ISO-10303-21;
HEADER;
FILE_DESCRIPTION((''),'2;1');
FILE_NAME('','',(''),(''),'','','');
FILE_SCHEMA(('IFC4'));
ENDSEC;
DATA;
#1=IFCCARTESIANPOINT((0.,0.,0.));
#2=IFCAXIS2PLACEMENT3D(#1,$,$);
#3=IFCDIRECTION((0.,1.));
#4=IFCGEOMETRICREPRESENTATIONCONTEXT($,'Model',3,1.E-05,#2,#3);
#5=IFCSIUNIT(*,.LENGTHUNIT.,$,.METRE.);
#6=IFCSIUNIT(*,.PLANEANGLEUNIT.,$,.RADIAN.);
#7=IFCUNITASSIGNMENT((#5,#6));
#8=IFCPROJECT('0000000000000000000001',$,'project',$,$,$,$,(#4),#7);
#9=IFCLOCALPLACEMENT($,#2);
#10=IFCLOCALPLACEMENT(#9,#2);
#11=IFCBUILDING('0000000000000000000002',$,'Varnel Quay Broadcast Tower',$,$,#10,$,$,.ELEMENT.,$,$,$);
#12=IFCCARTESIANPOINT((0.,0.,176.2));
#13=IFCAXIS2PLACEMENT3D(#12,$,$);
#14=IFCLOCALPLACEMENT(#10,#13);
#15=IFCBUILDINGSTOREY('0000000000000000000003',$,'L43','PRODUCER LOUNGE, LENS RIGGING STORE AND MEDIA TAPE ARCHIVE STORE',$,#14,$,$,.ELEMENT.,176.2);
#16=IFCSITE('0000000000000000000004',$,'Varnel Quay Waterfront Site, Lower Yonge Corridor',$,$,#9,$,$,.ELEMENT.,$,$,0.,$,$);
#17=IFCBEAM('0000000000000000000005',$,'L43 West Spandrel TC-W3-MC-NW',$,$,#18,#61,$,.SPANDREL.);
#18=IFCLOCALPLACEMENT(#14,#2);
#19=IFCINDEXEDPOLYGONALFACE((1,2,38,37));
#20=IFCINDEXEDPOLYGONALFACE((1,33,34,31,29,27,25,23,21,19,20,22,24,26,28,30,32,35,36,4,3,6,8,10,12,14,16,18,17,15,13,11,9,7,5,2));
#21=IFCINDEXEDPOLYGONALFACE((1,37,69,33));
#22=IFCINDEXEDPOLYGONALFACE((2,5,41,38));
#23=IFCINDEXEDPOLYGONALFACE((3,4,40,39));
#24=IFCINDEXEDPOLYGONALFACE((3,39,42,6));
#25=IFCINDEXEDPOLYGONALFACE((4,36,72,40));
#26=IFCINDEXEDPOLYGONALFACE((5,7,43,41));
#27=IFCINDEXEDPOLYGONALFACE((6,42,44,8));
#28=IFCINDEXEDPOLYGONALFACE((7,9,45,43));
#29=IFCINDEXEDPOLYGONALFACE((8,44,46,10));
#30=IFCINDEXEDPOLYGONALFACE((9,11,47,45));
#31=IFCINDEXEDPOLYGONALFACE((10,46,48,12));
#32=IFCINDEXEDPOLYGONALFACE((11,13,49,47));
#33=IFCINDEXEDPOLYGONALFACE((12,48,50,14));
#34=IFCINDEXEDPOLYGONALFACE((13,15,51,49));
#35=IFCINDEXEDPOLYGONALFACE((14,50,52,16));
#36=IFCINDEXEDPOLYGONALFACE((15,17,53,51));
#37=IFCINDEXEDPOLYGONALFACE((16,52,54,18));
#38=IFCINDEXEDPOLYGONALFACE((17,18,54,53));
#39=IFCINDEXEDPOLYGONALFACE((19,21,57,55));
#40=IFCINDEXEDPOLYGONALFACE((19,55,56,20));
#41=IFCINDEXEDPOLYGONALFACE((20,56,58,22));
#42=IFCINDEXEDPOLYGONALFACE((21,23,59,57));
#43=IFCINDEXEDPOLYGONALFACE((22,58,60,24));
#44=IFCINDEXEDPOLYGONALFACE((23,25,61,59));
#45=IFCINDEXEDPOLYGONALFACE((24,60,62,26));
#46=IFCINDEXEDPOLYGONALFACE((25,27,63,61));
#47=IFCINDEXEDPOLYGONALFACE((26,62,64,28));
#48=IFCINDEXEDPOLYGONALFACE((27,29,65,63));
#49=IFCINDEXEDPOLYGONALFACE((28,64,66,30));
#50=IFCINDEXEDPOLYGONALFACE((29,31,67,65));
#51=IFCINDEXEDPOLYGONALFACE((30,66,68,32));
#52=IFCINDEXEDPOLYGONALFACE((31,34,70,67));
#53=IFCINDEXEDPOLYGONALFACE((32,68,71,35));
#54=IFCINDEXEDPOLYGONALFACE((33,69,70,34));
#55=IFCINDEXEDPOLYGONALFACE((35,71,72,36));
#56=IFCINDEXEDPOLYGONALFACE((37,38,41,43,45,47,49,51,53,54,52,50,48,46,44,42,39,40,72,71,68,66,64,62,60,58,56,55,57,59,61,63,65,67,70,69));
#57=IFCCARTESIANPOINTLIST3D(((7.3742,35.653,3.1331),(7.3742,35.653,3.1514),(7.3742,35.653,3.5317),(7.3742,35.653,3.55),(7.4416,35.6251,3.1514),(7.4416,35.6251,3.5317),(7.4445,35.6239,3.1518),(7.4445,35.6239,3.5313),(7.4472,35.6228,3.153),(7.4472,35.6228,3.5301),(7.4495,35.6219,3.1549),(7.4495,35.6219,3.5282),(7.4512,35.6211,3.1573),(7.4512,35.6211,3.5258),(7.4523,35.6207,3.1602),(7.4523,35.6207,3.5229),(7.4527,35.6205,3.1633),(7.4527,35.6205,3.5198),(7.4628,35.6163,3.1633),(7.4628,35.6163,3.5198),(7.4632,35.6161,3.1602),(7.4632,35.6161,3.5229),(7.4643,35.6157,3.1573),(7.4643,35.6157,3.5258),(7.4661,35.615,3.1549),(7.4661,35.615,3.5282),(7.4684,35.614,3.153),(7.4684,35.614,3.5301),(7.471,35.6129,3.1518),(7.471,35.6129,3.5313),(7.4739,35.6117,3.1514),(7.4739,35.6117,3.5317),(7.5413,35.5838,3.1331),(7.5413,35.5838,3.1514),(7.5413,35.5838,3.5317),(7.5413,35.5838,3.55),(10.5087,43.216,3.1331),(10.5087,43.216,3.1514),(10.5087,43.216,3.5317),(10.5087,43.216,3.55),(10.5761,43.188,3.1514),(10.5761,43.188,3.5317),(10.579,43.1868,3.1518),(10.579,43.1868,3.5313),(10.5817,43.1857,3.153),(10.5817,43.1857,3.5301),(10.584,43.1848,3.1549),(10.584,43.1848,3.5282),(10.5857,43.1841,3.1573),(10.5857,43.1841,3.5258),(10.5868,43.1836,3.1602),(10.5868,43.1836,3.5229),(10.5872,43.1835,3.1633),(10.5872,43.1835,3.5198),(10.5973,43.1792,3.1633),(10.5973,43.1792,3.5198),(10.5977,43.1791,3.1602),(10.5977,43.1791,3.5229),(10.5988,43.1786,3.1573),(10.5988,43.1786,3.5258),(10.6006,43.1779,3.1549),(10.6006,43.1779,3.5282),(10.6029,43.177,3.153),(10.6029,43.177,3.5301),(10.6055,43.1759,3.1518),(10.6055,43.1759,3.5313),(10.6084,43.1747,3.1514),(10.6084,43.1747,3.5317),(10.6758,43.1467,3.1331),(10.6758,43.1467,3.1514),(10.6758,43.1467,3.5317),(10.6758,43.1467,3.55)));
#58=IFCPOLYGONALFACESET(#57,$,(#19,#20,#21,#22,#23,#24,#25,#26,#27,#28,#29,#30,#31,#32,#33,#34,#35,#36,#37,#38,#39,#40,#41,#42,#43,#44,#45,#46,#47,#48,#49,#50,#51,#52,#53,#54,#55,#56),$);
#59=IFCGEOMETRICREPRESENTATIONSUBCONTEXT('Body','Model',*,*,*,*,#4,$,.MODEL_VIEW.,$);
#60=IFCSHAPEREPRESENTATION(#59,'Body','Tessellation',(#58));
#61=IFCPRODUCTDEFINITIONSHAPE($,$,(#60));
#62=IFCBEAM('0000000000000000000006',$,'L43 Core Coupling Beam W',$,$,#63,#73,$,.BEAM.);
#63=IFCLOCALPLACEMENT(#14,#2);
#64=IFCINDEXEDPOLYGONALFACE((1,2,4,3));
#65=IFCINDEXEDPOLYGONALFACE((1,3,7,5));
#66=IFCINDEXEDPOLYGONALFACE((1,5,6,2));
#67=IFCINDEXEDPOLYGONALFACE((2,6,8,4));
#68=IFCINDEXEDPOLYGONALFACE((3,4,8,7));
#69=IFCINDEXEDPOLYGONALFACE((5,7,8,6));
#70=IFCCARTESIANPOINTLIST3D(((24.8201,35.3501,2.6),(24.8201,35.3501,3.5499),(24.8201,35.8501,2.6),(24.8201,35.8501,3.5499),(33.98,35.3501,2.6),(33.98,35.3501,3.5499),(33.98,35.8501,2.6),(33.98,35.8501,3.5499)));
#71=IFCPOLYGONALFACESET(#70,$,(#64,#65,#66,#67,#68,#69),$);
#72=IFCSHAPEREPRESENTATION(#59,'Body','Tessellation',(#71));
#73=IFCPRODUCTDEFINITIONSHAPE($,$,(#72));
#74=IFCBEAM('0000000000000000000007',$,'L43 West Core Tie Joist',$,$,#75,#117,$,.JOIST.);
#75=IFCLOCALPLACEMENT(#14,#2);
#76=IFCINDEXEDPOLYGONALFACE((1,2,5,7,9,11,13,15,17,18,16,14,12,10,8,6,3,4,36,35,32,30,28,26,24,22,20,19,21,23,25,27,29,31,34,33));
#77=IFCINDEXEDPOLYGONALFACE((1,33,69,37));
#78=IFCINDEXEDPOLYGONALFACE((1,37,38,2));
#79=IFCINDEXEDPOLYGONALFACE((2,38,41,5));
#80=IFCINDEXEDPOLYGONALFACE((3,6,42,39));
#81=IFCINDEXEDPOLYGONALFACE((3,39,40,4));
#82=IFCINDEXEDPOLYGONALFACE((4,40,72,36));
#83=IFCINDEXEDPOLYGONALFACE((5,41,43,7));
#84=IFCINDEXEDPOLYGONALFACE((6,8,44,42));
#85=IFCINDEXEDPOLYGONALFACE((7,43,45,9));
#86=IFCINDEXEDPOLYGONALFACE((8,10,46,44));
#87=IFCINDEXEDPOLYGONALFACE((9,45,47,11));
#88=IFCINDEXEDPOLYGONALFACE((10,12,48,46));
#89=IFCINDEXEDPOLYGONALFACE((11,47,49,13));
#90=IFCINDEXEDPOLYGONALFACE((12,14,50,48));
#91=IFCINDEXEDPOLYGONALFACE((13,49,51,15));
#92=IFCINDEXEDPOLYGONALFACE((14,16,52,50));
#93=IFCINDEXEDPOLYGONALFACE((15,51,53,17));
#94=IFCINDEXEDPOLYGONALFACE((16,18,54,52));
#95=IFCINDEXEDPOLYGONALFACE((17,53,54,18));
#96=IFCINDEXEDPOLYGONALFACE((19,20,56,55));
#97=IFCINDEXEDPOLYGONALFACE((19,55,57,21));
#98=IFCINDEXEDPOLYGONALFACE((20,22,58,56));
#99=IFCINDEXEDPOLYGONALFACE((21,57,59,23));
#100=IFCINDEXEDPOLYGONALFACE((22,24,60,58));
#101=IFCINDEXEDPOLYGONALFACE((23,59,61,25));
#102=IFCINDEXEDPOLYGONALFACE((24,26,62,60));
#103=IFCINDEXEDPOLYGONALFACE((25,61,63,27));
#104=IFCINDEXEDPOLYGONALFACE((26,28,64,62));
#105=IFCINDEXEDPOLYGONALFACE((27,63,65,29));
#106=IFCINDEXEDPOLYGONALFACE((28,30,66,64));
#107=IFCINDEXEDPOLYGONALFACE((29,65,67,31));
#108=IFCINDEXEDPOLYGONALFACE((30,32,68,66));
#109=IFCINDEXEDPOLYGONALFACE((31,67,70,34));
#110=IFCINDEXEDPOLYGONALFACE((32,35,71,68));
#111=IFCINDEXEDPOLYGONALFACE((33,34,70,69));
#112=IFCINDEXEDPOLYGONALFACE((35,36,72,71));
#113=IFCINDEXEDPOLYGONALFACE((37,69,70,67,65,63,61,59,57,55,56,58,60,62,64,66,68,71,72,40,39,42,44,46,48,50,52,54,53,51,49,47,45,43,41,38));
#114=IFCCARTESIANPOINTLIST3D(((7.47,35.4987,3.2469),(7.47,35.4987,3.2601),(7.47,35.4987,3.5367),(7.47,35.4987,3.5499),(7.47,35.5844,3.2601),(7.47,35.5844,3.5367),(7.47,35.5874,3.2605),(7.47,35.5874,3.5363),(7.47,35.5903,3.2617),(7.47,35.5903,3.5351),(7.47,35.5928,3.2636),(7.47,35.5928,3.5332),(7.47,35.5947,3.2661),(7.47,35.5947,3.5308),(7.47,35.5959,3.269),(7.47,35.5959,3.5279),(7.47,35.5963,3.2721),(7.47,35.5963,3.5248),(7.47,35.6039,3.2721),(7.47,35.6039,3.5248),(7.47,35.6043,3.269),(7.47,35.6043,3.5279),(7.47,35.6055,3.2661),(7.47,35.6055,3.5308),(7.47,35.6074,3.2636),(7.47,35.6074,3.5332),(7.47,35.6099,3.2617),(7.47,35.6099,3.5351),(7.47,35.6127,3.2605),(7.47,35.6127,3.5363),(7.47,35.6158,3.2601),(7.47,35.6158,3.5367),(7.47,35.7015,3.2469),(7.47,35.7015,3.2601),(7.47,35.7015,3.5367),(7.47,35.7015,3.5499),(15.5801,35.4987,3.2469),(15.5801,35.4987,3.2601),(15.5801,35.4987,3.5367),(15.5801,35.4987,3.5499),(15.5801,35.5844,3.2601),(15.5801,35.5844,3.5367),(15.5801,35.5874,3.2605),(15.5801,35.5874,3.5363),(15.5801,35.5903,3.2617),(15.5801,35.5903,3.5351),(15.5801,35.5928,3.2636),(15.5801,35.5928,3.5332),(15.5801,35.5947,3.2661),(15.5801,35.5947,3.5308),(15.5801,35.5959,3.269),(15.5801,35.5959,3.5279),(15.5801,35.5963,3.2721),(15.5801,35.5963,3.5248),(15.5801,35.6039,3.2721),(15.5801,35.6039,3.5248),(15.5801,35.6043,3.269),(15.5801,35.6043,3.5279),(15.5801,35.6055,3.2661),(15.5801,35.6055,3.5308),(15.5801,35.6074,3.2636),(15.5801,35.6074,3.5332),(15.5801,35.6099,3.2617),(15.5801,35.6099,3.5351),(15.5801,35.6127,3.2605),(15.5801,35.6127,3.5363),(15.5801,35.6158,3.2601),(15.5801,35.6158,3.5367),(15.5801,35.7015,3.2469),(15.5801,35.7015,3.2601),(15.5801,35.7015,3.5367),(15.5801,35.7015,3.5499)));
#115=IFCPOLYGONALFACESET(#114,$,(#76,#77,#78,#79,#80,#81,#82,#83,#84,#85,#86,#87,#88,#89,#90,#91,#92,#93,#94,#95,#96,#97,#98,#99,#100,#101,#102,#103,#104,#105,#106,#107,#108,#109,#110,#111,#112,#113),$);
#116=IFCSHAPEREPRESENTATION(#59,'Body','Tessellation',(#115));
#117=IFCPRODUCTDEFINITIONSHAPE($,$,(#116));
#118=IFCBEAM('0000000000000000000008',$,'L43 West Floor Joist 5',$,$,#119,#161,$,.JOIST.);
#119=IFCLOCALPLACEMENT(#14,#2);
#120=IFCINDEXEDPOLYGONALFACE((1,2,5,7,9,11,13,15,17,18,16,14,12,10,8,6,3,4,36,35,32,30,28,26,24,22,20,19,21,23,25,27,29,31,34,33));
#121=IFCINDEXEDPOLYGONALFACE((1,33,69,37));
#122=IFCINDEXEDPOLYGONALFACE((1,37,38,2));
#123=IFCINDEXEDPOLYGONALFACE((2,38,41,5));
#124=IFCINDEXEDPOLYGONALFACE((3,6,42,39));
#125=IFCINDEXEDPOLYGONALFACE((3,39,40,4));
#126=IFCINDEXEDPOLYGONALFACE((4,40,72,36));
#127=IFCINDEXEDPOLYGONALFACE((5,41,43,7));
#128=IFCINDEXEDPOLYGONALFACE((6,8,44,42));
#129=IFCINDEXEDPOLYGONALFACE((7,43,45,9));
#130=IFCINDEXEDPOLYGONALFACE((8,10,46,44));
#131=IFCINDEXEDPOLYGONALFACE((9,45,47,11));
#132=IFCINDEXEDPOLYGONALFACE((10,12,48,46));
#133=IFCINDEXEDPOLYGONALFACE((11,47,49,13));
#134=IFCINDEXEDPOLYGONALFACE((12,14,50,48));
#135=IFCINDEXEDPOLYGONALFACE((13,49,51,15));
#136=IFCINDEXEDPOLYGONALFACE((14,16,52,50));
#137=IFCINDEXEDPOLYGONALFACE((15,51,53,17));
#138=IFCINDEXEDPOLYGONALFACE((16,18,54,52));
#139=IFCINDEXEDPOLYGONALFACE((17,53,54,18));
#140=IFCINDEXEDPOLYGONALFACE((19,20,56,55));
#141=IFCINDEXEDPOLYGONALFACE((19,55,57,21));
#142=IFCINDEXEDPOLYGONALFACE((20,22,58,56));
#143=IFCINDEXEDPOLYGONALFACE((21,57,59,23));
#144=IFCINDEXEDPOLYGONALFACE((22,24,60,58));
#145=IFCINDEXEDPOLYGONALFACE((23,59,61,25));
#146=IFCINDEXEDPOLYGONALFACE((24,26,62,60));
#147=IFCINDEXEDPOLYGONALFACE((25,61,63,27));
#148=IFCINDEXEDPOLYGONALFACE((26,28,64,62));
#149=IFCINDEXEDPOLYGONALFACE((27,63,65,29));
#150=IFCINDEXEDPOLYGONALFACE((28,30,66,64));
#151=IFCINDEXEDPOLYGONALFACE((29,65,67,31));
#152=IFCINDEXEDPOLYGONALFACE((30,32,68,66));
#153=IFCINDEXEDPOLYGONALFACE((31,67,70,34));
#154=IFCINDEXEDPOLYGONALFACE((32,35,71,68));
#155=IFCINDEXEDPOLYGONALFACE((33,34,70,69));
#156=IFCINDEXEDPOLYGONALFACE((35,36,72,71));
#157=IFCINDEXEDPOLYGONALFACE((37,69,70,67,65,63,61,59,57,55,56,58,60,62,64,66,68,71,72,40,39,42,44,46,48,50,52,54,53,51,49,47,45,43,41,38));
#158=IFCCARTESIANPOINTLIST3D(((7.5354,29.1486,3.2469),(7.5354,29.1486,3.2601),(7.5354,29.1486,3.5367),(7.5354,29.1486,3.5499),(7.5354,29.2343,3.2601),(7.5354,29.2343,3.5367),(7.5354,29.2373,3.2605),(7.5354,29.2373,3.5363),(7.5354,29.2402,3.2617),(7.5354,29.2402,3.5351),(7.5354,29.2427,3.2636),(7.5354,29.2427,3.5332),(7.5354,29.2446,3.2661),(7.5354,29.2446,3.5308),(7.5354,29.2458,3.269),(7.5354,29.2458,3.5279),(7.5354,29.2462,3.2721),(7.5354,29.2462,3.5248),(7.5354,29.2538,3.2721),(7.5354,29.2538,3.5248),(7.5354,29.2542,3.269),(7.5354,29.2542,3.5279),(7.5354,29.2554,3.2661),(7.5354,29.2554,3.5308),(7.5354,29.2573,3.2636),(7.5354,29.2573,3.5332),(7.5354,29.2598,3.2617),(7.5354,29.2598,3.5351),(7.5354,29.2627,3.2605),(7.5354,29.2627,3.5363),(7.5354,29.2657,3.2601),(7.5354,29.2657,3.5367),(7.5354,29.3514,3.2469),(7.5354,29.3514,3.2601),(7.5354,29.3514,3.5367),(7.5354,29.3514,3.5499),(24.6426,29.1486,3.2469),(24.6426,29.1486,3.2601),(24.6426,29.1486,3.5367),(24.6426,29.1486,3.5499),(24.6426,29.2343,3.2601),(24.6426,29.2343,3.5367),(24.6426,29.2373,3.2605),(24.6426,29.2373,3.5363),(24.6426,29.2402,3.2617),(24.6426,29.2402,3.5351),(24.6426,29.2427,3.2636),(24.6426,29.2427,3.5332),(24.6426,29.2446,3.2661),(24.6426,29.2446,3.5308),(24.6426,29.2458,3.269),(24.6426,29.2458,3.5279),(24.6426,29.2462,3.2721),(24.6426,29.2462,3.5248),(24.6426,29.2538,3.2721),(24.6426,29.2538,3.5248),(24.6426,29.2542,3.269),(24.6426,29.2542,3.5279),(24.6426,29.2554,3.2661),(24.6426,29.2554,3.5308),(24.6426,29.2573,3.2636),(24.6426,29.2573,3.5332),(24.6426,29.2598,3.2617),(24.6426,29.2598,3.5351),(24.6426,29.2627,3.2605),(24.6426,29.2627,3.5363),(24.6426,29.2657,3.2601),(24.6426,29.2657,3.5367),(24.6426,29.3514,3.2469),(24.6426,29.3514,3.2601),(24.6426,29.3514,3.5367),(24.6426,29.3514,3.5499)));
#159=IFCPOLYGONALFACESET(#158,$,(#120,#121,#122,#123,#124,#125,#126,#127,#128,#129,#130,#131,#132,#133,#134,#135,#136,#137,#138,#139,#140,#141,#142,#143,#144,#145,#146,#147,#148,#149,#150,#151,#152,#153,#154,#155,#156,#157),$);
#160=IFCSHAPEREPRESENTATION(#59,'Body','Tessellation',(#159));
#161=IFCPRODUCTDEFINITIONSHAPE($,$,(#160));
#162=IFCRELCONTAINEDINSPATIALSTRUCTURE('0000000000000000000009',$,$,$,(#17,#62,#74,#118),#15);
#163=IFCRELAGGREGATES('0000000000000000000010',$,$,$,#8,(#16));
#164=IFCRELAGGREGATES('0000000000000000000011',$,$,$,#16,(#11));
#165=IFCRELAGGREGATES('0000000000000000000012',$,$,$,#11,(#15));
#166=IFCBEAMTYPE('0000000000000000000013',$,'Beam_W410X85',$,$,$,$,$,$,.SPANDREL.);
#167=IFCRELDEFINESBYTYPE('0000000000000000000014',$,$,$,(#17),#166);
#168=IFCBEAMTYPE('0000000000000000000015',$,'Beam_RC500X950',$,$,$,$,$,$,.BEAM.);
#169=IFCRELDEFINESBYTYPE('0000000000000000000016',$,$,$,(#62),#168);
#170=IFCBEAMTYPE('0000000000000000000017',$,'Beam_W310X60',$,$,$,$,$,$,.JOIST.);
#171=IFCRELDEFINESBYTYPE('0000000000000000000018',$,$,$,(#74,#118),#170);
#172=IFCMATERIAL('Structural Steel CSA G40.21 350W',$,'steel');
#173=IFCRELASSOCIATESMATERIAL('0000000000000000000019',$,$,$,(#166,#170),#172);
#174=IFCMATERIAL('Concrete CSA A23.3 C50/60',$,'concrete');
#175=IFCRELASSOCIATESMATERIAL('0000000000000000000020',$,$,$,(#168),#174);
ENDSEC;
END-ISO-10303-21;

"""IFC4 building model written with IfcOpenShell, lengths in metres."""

from ifc_helpers import new_model, si_unit, direction, frame, origin, origin_2d, place, context, subcontext, project, spatial, rectangle, i_section, extrude, source, transform, mapped, material, material_profile, profile_set, type_object, type_shapes, element, save


model = new_model("IFC4")

# Units and contexts
model_context = context("Model", 3, precision=1e-05, world=origin(), true_north=direction((0.0, 1.0)))
body_context = subcontext(model_context, "Body", "Model", "MODEL_VIEW")
ifc_project = project(units=[si_unit("LENGTHUNIT", "METRE"), si_unit("PLANEANGLEUNIT", "RADIAN")], contexts=[model_context])

# Site, building, storey
site_placement = place(None, origin())
site = spatial("IfcSite", under=ifc_project, at=site_placement, Name="Varnel Quay Waterfront Site, Lower Yonge Corridor", CompositionType="ELEMENT", RefElevation=0.0)
building_placement = place(site_placement, origin())
building = spatial("IfcBuilding", under=site, at=building_placement, Name="Varnel Quay Broadcast Tower", CompositionType="ELEMENT")
storey_placement = place(building_placement, frame((0.0, 0.0, 176.2)))
storey = spatial("IfcBuildingStorey", under=building, at=storey_placement, Name="L43", Description="PRODUCER LOUNGE, LENS RIGGING STORE AND MEDIA TAPE ARCHIVE STORE", CompositionType="ELEMENT", Elevation=176.2)

# Shared definitions
ifc_material_1 = material(Name="Structural Steel CSA G40.21 350W", Category="steel")

# Beams
ifc_material_profile_1 = material_profile(ifc_material_1, i_section(OverallWidth=0.1809, OverallDepth=0.417, WebThickness=0.011, FlangeThickness=0.0183, FilletRadius=0.012, at=origin_2d()), Name="W410X85")
ifc_profile_set_1 = profile_set([ifc_material_profile_1], Name="Structural Steel CSA G40.21 350W")
beam_type_1 = type_object("IfcBeamType", Name="Beam_W410X85", PredefinedType="SPANDREL", material=ifc_profile_set_1)
shared_shape_1 = source(origin(), body_context, "Body", "SweptSolid", [
    extrude(i_section(OverallWidth=0.1809, OverallDepth=0.417, WebThickness=0.011, FlangeThickness=0.0183, FilletRadius=0.012, at=origin_2d()), origin(), (0.0, 0.0, 1.0), 8.1868),
])
type_shapes(beam_type_1, [shared_shape_1])
beam_1_placement = place(storey_placement, frame((7.4578, 35.6184, 3.3416), z_axis=(0.382874, 0.923801, 0.0), x_axis=(-0.923801, 0.382874, 0.0)))
element("IfcBeam", 1, at=beam_1_placement, inside=storey, type_object=beam_type_1, Name="L43 West Spandrel TC-W3-MC-NW", PredefinedType="SPANDREL", context=body_context, shape_type="MappedRepresentation", body=[
    mapped(shared_shape_1, transform((0.0, 0.0, 0.0), x_axis=(1.0, 0.0, 0.0), y_axis=(0.0, 1.0, 0.0), z_axis=(0.0, 0.0, 1.0), scale=1.0)),
])
ifc_material_2 = material(Name="Concrete CSA A23.3 C50/60", Category="concrete")
ifc_material_profile_2 = material_profile(ifc_material_2, rectangle(XDim=0.5, YDim=0.95, at=origin_2d()), Name="RC500X950")
ifc_profile_set_2 = profile_set([ifc_material_profile_2], Name="Concrete CSA A23.3 C50/60")
beam_type_2 = type_object("IfcBeamType", Name="Beam_RC500X950", PredefinedType="BEAM", material=ifc_profile_set_2)
shared_shape_2 = source(origin(), body_context, "Body", "SweptSolid", [
    extrude(rectangle(XDim=0.5, YDim=0.95, at=origin_2d()), origin(), (0.0, 0.0, 1.0), 9.1599),
])
type_shapes(beam_type_2, [shared_shape_2])
beam_2_placement = place(storey_placement, frame((24.8201, 35.6001, 3.075), z_axis=(1.0, 0.0, 0.0), x_axis=(0.0, 1.0, 0.0)))
element("IfcBeam", 2, at=beam_2_placement, inside=storey, type_object=beam_type_2, Name="L43 Core Coupling Beam W", PredefinedType="BEAM", context=body_context, shape_type="MappedRepresentation", body=[
    mapped(shared_shape_2, transform((0.0, 0.0, 0.0), x_axis=(1.0, 0.0, 0.0), y_axis=(0.0, 1.0, 0.0), z_axis=(0.0, 0.0, 1.0), scale=1.0)),
])
ifc_material_profile_3 = material_profile(ifc_material_1, i_section(OverallWidth=0.2029, OverallDepth=0.303, WebThickness=0.0076, FlangeThickness=0.0132, FilletRadius=0.012, at=origin_2d()), Name="W310X60")
ifc_profile_set_3 = profile_set([ifc_material_profile_3], Name="Structural Steel CSA G40.21 350W")
beam_type_3 = type_object("IfcBeamType", Name="Beam_W310X60", PredefinedType="JOIST", material=ifc_profile_set_3)
shared_shape_3 = source(origin(), body_context, "Body", "SweptSolid", [
    extrude(i_section(OverallWidth=0.2029, OverallDepth=0.303, WebThickness=0.0076, FlangeThickness=0.0132, FilletRadius=0.012, at=origin_2d()), origin(), (0.0, 0.0, 1.0), 8.1101),
])
beam_3_placement = place(storey_placement, frame((7.47, 35.6001, 3.3984), z_axis=(1.0, 0.0, 0.0), x_axis=(0.0, 1.0, 0.0)))
element("IfcBeam", 3, at=beam_3_placement, inside=storey, type_object=beam_type_3, Name="L43 West Core Tie Joist", PredefinedType="JOIST", context=body_context, shape_type="MappedRepresentation", body=[
    mapped(shared_shape_3, transform((0.0, 0.0, 0.0), x_axis=(1.0, 0.0, 0.0), y_axis=(0.0, 1.0, 0.0), z_axis=(0.0, 0.0, 1.0), scale=1.0)),
])
shared_shape_4 = source(origin(), body_context, "Body", "SweptSolid", [
    extrude(i_section(OverallWidth=0.2029, OverallDepth=0.303, WebThickness=0.0076, FlangeThickness=0.0132, FilletRadius=0.012, at=origin_2d()), origin(), (0.0, 0.0, 1.0), 17.1072),
])
beam_4_placement = place(storey_placement, frame((7.5354, 29.25, 3.3984), z_axis=(1.0, 0.0, 0.0), x_axis=(0.0, 1.0, 0.0)))
element("IfcBeam", 4, at=beam_4_placement, inside=storey, type_object=beam_type_3, Name="L43 West Floor Joist 5", PredefinedType="JOIST", context=body_context, shape_type="MappedRepresentation", body=[
    mapped(shared_shape_4, transform((0.0, 0.0, 0.0), x_axis=(1.0, 0.0, 0.0), y_axis=(0.0, 1.0, 0.0), z_axis=(0.0, 0.0, 1.0), scale=1.0)),
])

save(model, "model.ifc")
